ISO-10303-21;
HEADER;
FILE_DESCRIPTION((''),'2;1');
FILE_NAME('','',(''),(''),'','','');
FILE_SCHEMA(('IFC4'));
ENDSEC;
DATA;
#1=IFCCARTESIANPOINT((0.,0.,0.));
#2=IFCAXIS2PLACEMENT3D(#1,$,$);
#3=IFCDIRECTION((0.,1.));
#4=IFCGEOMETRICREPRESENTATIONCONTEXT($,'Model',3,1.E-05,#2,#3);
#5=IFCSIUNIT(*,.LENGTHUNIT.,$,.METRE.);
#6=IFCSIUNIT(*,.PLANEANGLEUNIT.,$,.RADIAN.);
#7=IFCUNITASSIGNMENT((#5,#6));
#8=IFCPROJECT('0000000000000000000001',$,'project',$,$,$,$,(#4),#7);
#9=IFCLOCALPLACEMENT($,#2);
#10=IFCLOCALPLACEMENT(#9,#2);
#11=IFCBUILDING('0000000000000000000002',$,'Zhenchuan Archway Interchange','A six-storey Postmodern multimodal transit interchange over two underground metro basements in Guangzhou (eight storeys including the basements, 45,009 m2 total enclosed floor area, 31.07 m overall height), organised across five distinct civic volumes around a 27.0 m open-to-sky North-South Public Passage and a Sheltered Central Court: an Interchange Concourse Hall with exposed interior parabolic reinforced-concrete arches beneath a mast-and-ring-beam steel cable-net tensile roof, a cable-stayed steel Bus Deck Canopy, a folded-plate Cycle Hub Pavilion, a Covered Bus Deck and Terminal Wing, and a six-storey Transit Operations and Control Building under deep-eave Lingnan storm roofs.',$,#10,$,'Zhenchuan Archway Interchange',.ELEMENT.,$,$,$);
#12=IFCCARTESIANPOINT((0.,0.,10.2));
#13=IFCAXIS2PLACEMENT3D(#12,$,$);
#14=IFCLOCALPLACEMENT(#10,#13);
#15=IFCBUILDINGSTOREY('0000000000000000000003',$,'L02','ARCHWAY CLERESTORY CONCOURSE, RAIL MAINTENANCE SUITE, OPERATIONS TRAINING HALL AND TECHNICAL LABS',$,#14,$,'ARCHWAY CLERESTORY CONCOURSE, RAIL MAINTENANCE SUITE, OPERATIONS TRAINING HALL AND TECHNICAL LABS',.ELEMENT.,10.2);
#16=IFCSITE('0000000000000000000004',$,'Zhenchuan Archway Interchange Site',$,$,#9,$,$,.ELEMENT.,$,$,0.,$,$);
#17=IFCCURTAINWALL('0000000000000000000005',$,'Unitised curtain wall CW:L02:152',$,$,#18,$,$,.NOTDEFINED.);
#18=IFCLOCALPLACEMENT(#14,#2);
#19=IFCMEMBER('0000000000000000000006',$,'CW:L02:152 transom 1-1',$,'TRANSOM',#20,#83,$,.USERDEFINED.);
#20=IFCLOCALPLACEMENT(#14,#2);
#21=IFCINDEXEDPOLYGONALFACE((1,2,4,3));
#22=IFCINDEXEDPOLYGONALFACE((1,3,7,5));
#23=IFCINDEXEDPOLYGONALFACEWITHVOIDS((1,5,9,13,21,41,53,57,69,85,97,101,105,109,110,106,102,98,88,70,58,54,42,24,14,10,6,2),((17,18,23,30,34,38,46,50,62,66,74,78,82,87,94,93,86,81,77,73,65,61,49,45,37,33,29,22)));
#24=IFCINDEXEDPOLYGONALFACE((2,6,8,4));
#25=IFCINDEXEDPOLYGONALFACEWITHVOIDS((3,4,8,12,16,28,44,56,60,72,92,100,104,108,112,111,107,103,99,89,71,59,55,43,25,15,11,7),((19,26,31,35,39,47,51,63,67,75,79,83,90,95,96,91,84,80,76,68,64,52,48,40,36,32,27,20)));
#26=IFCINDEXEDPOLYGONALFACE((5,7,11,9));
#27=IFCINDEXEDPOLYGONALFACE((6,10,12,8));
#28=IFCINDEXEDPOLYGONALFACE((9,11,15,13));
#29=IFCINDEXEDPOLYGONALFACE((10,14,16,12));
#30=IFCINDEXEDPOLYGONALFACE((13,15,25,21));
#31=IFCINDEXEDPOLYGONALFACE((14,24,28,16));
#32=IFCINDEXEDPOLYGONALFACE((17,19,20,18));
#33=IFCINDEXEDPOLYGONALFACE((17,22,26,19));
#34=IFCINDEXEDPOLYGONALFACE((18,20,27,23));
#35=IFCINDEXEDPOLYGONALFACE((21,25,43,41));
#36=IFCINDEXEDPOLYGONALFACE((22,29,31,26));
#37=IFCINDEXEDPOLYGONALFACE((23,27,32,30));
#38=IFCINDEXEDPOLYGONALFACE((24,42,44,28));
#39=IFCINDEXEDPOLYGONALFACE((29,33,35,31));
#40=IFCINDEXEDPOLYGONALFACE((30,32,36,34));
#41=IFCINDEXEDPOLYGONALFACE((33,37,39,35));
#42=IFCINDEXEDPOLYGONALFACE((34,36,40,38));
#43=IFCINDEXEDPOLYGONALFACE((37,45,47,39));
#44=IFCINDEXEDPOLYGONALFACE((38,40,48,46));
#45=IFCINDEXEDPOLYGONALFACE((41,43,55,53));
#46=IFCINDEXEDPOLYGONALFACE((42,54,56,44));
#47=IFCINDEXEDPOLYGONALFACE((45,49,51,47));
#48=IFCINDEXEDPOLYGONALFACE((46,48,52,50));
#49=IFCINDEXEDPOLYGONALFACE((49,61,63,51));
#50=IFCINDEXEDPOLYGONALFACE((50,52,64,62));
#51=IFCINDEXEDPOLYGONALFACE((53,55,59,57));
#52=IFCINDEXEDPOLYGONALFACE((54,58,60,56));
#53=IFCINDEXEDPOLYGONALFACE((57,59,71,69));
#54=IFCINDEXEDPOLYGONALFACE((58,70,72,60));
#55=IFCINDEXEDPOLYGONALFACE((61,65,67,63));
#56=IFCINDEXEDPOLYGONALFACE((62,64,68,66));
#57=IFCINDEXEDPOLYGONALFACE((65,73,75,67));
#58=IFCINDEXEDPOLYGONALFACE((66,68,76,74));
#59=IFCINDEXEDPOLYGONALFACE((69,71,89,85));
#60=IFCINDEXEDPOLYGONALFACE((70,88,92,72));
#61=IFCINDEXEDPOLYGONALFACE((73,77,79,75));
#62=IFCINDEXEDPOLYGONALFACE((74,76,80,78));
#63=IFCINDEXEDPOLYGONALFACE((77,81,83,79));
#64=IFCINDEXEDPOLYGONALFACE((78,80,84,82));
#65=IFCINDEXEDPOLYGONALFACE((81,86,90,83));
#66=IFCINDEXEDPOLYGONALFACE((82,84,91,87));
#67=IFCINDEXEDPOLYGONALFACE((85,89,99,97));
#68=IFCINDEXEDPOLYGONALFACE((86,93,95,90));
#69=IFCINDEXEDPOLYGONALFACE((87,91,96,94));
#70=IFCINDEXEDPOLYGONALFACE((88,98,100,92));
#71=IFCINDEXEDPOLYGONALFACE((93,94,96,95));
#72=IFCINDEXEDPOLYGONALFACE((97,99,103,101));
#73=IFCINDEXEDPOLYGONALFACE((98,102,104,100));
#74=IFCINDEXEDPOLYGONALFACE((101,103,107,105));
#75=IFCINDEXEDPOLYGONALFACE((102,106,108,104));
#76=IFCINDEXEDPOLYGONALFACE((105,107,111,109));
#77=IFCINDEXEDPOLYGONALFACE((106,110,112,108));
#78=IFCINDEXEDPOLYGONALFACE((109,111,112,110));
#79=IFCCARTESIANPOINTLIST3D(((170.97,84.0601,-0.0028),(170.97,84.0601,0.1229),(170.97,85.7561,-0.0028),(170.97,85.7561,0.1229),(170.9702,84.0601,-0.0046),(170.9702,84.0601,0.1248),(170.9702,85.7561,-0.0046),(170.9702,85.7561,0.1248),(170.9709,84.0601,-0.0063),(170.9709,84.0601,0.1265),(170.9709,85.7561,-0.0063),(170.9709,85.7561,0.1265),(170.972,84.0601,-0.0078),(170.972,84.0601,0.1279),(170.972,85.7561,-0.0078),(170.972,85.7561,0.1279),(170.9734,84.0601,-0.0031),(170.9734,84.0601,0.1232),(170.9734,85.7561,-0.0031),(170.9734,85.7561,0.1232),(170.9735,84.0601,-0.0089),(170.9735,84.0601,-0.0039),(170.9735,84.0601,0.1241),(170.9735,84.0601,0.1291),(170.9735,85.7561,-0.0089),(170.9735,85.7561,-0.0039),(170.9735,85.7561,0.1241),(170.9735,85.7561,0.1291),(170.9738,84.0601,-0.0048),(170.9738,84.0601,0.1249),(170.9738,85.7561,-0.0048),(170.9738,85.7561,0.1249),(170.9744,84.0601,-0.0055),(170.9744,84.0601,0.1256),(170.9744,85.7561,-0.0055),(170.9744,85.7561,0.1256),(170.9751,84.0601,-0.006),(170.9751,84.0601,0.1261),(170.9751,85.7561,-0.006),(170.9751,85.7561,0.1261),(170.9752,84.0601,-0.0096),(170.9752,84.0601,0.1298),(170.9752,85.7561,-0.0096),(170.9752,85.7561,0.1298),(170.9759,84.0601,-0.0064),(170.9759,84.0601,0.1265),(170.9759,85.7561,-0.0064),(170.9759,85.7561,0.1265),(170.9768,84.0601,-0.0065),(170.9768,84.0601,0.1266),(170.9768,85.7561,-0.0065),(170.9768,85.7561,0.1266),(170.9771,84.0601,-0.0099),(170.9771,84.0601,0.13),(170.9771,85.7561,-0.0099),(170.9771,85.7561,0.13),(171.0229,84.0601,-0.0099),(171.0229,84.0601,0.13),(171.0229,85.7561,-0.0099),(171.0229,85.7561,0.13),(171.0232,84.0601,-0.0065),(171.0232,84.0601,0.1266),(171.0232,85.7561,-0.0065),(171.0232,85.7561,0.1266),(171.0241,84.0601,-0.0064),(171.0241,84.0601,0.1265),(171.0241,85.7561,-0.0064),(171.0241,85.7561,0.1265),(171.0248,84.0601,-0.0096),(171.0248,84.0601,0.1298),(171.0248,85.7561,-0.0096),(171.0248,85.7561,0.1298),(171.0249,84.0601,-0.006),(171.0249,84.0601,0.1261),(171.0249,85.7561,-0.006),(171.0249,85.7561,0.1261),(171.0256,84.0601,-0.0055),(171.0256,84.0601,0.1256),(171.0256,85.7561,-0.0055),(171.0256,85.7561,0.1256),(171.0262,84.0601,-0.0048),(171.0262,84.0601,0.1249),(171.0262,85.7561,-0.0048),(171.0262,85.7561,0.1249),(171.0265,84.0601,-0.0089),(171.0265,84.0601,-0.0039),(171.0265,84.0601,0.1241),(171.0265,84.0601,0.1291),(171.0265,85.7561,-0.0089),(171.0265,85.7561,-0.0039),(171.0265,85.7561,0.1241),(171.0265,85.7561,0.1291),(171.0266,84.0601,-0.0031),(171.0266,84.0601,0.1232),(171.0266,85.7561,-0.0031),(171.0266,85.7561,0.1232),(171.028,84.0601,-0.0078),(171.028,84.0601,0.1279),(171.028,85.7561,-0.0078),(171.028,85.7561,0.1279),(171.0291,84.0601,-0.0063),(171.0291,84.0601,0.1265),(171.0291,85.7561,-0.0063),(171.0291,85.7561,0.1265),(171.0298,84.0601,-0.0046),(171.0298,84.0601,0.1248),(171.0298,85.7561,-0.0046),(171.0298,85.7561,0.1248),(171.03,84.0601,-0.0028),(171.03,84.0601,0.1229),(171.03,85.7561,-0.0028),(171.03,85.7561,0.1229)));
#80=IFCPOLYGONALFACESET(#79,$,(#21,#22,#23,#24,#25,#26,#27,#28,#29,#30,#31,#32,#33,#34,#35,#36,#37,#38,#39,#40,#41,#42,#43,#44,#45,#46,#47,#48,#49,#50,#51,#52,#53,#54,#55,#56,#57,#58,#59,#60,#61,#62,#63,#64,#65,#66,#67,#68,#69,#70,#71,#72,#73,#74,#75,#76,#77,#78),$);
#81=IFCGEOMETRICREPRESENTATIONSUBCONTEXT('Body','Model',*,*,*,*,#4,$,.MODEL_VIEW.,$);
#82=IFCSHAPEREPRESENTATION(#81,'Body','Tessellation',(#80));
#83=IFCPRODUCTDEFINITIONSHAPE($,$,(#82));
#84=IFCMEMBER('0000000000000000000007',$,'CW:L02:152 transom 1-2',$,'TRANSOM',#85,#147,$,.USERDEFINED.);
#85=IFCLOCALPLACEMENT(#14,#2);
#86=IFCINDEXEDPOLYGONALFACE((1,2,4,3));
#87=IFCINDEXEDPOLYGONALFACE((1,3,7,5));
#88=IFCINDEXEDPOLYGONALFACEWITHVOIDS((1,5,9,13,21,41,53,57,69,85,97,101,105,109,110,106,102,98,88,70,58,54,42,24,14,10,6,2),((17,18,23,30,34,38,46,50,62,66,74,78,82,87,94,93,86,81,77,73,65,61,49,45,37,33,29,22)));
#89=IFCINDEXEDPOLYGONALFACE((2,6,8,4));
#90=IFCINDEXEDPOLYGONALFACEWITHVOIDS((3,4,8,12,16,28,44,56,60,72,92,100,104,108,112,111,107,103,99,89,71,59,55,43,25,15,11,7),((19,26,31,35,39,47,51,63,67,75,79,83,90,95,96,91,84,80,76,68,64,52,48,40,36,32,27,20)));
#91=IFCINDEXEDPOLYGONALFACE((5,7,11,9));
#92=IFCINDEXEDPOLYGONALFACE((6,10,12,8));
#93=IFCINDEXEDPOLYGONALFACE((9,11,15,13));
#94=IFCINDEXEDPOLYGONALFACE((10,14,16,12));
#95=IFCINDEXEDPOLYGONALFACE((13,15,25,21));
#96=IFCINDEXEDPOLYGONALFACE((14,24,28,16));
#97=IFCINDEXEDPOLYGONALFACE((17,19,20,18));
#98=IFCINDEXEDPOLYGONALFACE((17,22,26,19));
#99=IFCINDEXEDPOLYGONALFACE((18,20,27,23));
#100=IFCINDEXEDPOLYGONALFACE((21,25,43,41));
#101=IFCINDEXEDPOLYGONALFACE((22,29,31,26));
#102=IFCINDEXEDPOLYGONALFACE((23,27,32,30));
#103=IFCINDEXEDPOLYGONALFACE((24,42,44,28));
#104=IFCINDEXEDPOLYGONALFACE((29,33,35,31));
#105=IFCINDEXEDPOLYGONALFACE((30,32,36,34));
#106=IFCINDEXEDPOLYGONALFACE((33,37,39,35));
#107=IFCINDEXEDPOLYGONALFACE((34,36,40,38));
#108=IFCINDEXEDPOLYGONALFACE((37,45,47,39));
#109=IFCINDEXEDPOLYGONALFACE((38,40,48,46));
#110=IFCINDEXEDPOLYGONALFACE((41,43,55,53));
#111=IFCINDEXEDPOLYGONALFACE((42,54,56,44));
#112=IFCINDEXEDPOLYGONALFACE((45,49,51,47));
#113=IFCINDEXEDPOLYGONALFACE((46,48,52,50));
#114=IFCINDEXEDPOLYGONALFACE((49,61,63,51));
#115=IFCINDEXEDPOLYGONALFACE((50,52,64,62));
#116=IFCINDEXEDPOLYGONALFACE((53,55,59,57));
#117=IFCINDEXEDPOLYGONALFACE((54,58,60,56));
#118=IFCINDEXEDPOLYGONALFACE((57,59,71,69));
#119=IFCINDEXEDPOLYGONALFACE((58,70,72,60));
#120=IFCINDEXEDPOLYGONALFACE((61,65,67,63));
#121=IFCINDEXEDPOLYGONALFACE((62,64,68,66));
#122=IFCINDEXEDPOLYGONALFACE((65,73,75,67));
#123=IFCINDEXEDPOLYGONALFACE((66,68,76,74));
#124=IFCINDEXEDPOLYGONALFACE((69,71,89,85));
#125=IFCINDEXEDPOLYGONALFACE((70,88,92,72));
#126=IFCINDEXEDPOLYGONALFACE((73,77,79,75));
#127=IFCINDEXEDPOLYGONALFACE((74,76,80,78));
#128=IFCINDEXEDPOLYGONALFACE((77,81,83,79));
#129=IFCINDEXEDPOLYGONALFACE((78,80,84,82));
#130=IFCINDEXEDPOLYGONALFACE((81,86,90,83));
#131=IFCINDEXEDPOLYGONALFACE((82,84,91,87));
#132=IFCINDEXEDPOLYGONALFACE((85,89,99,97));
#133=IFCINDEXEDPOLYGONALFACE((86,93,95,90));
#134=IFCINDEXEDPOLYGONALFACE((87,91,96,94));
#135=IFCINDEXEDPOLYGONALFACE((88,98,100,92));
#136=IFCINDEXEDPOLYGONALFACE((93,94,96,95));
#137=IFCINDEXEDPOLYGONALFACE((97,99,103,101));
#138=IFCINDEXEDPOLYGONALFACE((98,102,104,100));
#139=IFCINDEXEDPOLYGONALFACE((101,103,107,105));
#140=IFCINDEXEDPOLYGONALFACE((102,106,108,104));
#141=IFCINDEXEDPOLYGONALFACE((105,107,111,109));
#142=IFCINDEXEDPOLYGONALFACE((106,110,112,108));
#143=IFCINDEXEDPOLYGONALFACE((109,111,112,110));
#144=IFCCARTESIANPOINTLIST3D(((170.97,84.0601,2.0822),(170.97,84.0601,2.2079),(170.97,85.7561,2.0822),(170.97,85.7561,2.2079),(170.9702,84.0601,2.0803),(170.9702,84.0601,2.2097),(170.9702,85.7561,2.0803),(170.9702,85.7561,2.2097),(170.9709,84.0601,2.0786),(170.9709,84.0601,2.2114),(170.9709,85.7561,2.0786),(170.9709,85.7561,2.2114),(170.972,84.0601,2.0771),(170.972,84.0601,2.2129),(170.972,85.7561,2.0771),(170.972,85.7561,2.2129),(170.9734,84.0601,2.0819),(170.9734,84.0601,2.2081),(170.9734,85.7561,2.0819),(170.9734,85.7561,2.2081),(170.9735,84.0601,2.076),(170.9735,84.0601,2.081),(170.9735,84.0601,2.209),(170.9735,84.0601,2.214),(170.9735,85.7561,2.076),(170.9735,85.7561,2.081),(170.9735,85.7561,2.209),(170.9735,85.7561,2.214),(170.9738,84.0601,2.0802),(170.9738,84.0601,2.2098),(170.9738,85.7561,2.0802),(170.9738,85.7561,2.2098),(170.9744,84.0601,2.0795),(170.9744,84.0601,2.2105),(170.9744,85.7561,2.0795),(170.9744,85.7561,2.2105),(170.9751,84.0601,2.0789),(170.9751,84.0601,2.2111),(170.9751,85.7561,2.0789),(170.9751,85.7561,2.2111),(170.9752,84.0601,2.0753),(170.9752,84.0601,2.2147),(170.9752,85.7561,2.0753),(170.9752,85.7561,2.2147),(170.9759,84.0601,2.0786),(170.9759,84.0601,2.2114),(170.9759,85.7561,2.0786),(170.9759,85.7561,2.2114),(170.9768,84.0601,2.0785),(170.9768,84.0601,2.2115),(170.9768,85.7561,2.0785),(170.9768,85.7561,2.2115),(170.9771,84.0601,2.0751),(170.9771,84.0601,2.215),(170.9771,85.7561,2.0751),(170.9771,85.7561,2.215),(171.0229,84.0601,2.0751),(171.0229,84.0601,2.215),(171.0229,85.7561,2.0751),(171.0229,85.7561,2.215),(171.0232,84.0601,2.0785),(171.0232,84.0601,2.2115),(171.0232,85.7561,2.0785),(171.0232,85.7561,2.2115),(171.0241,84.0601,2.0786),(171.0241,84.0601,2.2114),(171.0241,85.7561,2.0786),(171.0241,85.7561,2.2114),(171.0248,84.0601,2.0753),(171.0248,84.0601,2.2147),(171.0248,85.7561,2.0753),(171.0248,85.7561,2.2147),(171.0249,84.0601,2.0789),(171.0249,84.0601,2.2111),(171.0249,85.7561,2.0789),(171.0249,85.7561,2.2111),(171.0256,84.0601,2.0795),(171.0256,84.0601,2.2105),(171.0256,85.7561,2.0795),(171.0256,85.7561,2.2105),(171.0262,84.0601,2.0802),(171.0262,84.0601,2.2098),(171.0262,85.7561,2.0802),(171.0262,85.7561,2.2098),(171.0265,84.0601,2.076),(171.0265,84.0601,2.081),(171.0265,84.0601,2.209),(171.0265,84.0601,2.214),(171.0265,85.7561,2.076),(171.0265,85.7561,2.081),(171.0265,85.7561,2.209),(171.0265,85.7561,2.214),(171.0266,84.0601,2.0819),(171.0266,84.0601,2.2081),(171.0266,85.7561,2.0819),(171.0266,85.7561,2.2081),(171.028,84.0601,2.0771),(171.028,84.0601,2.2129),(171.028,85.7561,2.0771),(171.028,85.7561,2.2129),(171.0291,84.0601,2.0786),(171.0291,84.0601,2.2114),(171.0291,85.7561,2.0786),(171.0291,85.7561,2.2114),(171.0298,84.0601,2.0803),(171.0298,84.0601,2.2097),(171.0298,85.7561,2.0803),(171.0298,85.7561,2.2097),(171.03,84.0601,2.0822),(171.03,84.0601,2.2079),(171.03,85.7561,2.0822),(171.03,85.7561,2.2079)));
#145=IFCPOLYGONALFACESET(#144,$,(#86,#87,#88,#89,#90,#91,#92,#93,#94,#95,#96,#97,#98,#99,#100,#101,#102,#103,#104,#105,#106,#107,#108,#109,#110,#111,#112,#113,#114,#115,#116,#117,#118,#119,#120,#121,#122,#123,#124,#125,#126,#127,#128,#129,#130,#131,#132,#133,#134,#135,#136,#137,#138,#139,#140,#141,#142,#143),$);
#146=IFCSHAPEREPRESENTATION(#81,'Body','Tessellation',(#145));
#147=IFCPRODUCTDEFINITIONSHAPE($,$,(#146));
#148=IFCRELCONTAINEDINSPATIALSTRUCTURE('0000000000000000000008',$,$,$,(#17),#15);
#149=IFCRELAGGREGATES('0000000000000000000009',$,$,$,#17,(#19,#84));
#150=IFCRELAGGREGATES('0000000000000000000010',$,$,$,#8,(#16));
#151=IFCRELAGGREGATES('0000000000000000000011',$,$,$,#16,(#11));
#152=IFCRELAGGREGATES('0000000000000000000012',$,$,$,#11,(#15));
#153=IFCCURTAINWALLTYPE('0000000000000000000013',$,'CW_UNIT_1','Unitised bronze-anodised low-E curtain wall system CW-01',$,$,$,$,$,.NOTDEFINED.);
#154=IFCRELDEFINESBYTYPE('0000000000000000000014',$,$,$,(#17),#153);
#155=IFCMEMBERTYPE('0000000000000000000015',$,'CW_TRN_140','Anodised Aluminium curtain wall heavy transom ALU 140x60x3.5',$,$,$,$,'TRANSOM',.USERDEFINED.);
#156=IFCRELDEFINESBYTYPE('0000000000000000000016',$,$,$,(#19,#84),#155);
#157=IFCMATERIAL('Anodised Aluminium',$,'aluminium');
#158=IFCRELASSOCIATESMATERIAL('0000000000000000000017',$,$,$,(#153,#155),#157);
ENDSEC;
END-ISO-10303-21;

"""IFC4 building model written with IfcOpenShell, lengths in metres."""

from ifc_helpers import new_model, si_unit, direction, frame, origin, origin_2d, place, context, subcontext, project, spatial, hollow_rectangle, extrude, material, material_profile, profile_set, type_object, element, aggregate, save


model = new_model("IFC4")

# Units and contexts
model_context = context("Model", 3, precision=1e-05, world=origin(), true_north=direction((0.0, 1.0)))
body_context = subcontext(model_context, "Body", "Model", "MODEL_VIEW")
ifc_project = project(units=[si_unit("LENGTHUNIT", "METRE"), si_unit("PLANEANGLEUNIT", "RADIAN")], contexts=[model_context])

# Site, building, storey
site_placement = place(None, origin())
site = spatial("IfcSite", under=ifc_project, at=site_placement, Name="Zhenchuan Archway Interchange Site", CompositionType="ELEMENT", RefElevation=0.0)
building_placement = place(site_placement, origin())
building = spatial("IfcBuilding", under=site, at=building_placement, Name="Zhenchuan Archway Interchange", Description="A six-storey Postmodern multimodal transit interchange over two underground metro basements in Guangzhou (eight storeys including the basements, 45,009 m2 total enclosed floor area, 31.07 m overall height), organised across five distinct civic volumes around a 27.0 m open-to-sky North-South Public Passage and a Sheltered Central Court: an Interchange Concourse Hall with exposed interior parabolic reinforced-concrete arches beneath a mast-and-ring-beam steel cable-net tensile roof, a cable-stayed steel Bus Deck Canopy, a folded-plate Cycle Hub Pavilion, a Covered Bus Deck and Terminal Wing, and a six-storey Transit Operations and Control Building under deep-eave Lingnan storm roofs.", LongName="Zhenchuan Archway Interchange", CompositionType="ELEMENT")
storey_placement = place(building_placement, frame((0.0, 0.0, 10.2)))
storey = spatial("IfcBuildingStorey", under=building, at=storey_placement, Name="L02", Description="ARCHWAY CLERESTORY CONCOURSE, RAIL MAINTENANCE SUITE, OPERATIONS TRAINING HALL AND TECHNICAL LABS", LongName="ARCHWAY CLERESTORY CONCOURSE, RAIL MAINTENANCE SUITE, OPERATIONS TRAINING HALL AND TECHNICAL LABS", CompositionType="ELEMENT", Elevation=10.2)

# Curtain wall, members
ifc_material_1 = material(Name="Anodised Aluminium", Category="aluminium")
curtain_wall_type = type_object("IfcCurtainWallType", Name="CW_UNIT_1", Description="Unitised bronze-anodised low-E curtain wall system CW-01", PredefinedType="NOTDEFINED", material=ifc_material_1)
curtain_wall_placement = place(storey_placement, origin())
curtain_wall = element("IfcCurtainWall", 1, at=curtain_wall_placement, inside=storey, type_object=curtain_wall_type, Name="Unitised curtain wall CW:L02:152", PredefinedType="NOTDEFINED")
ifc_material_profile_1 = material_profile(ifc_material_1, hollow_rectangle(XDim=0.0601, YDim=0.1399, WallThickness=0.0034, InnerFilletRadius=0.0034, OuterFilletRadius=0.0071, at=origin_2d()), Name="ALU 140x60x3.5")
ifc_profile_set_1 = profile_set([ifc_material_profile_1], Name="Anodised Aluminium")
member_type_1 = type_object("IfcMemberType", Name="CW_TRN_140", Description="Anodised Aluminium curtain wall heavy transom ALU 140x60x3.5", ElementType="TRANSOM", PredefinedType="USERDEFINED", material=ifc_profile_set_1)
member_1_placement = place(storey_placement, frame((171.0, 85.7561, 0.0601), z_axis=(0.0, -1.0, 0.0), x_axis=(1.0, 0.0, 0.0)))
member_1 = element("IfcMember", 2, at=member_1_placement, type_object=member_type_1, Name="CW:L02:152 transom 1-1", ObjectType="TRANSOM", PredefinedType="USERDEFINED", context=body_context, shape_type="SweptSolid", body=[
    extrude(hollow_rectangle(XDim=0.0601, YDim=0.1399, WallThickness=0.0034, InnerFilletRadius=0.0034, OuterFilletRadius=0.0071, at=origin_2d()), origin(), (0.0, 0.0, 1.0), 1.696),
])
member_2_placement = place(storey_placement, frame((171.0, 85.7561, 2.145), z_axis=(0.0, -1.0, 0.0), x_axis=(1.0, 0.0, 0.0)))
member_2 = element("IfcMember", 3, at=member_2_placement, type_object=member_type_1, Name="CW:L02:152 transom 1-2", ObjectType="TRANSOM", PredefinedType="USERDEFINED", context=body_context, shape_type="SweptSolid", body=[
    extrude(hollow_rectangle(XDim=0.0601, YDim=0.1399, WallThickness=0.0034, InnerFilletRadius=0.0034, OuterFilletRadius=0.0071, at=origin_2d()), origin(), (0.0, 0.0, 1.0), 1.696),
])
aggregate(curtain_wall, [member_1, member_2])

save(model, "model.ifc")
